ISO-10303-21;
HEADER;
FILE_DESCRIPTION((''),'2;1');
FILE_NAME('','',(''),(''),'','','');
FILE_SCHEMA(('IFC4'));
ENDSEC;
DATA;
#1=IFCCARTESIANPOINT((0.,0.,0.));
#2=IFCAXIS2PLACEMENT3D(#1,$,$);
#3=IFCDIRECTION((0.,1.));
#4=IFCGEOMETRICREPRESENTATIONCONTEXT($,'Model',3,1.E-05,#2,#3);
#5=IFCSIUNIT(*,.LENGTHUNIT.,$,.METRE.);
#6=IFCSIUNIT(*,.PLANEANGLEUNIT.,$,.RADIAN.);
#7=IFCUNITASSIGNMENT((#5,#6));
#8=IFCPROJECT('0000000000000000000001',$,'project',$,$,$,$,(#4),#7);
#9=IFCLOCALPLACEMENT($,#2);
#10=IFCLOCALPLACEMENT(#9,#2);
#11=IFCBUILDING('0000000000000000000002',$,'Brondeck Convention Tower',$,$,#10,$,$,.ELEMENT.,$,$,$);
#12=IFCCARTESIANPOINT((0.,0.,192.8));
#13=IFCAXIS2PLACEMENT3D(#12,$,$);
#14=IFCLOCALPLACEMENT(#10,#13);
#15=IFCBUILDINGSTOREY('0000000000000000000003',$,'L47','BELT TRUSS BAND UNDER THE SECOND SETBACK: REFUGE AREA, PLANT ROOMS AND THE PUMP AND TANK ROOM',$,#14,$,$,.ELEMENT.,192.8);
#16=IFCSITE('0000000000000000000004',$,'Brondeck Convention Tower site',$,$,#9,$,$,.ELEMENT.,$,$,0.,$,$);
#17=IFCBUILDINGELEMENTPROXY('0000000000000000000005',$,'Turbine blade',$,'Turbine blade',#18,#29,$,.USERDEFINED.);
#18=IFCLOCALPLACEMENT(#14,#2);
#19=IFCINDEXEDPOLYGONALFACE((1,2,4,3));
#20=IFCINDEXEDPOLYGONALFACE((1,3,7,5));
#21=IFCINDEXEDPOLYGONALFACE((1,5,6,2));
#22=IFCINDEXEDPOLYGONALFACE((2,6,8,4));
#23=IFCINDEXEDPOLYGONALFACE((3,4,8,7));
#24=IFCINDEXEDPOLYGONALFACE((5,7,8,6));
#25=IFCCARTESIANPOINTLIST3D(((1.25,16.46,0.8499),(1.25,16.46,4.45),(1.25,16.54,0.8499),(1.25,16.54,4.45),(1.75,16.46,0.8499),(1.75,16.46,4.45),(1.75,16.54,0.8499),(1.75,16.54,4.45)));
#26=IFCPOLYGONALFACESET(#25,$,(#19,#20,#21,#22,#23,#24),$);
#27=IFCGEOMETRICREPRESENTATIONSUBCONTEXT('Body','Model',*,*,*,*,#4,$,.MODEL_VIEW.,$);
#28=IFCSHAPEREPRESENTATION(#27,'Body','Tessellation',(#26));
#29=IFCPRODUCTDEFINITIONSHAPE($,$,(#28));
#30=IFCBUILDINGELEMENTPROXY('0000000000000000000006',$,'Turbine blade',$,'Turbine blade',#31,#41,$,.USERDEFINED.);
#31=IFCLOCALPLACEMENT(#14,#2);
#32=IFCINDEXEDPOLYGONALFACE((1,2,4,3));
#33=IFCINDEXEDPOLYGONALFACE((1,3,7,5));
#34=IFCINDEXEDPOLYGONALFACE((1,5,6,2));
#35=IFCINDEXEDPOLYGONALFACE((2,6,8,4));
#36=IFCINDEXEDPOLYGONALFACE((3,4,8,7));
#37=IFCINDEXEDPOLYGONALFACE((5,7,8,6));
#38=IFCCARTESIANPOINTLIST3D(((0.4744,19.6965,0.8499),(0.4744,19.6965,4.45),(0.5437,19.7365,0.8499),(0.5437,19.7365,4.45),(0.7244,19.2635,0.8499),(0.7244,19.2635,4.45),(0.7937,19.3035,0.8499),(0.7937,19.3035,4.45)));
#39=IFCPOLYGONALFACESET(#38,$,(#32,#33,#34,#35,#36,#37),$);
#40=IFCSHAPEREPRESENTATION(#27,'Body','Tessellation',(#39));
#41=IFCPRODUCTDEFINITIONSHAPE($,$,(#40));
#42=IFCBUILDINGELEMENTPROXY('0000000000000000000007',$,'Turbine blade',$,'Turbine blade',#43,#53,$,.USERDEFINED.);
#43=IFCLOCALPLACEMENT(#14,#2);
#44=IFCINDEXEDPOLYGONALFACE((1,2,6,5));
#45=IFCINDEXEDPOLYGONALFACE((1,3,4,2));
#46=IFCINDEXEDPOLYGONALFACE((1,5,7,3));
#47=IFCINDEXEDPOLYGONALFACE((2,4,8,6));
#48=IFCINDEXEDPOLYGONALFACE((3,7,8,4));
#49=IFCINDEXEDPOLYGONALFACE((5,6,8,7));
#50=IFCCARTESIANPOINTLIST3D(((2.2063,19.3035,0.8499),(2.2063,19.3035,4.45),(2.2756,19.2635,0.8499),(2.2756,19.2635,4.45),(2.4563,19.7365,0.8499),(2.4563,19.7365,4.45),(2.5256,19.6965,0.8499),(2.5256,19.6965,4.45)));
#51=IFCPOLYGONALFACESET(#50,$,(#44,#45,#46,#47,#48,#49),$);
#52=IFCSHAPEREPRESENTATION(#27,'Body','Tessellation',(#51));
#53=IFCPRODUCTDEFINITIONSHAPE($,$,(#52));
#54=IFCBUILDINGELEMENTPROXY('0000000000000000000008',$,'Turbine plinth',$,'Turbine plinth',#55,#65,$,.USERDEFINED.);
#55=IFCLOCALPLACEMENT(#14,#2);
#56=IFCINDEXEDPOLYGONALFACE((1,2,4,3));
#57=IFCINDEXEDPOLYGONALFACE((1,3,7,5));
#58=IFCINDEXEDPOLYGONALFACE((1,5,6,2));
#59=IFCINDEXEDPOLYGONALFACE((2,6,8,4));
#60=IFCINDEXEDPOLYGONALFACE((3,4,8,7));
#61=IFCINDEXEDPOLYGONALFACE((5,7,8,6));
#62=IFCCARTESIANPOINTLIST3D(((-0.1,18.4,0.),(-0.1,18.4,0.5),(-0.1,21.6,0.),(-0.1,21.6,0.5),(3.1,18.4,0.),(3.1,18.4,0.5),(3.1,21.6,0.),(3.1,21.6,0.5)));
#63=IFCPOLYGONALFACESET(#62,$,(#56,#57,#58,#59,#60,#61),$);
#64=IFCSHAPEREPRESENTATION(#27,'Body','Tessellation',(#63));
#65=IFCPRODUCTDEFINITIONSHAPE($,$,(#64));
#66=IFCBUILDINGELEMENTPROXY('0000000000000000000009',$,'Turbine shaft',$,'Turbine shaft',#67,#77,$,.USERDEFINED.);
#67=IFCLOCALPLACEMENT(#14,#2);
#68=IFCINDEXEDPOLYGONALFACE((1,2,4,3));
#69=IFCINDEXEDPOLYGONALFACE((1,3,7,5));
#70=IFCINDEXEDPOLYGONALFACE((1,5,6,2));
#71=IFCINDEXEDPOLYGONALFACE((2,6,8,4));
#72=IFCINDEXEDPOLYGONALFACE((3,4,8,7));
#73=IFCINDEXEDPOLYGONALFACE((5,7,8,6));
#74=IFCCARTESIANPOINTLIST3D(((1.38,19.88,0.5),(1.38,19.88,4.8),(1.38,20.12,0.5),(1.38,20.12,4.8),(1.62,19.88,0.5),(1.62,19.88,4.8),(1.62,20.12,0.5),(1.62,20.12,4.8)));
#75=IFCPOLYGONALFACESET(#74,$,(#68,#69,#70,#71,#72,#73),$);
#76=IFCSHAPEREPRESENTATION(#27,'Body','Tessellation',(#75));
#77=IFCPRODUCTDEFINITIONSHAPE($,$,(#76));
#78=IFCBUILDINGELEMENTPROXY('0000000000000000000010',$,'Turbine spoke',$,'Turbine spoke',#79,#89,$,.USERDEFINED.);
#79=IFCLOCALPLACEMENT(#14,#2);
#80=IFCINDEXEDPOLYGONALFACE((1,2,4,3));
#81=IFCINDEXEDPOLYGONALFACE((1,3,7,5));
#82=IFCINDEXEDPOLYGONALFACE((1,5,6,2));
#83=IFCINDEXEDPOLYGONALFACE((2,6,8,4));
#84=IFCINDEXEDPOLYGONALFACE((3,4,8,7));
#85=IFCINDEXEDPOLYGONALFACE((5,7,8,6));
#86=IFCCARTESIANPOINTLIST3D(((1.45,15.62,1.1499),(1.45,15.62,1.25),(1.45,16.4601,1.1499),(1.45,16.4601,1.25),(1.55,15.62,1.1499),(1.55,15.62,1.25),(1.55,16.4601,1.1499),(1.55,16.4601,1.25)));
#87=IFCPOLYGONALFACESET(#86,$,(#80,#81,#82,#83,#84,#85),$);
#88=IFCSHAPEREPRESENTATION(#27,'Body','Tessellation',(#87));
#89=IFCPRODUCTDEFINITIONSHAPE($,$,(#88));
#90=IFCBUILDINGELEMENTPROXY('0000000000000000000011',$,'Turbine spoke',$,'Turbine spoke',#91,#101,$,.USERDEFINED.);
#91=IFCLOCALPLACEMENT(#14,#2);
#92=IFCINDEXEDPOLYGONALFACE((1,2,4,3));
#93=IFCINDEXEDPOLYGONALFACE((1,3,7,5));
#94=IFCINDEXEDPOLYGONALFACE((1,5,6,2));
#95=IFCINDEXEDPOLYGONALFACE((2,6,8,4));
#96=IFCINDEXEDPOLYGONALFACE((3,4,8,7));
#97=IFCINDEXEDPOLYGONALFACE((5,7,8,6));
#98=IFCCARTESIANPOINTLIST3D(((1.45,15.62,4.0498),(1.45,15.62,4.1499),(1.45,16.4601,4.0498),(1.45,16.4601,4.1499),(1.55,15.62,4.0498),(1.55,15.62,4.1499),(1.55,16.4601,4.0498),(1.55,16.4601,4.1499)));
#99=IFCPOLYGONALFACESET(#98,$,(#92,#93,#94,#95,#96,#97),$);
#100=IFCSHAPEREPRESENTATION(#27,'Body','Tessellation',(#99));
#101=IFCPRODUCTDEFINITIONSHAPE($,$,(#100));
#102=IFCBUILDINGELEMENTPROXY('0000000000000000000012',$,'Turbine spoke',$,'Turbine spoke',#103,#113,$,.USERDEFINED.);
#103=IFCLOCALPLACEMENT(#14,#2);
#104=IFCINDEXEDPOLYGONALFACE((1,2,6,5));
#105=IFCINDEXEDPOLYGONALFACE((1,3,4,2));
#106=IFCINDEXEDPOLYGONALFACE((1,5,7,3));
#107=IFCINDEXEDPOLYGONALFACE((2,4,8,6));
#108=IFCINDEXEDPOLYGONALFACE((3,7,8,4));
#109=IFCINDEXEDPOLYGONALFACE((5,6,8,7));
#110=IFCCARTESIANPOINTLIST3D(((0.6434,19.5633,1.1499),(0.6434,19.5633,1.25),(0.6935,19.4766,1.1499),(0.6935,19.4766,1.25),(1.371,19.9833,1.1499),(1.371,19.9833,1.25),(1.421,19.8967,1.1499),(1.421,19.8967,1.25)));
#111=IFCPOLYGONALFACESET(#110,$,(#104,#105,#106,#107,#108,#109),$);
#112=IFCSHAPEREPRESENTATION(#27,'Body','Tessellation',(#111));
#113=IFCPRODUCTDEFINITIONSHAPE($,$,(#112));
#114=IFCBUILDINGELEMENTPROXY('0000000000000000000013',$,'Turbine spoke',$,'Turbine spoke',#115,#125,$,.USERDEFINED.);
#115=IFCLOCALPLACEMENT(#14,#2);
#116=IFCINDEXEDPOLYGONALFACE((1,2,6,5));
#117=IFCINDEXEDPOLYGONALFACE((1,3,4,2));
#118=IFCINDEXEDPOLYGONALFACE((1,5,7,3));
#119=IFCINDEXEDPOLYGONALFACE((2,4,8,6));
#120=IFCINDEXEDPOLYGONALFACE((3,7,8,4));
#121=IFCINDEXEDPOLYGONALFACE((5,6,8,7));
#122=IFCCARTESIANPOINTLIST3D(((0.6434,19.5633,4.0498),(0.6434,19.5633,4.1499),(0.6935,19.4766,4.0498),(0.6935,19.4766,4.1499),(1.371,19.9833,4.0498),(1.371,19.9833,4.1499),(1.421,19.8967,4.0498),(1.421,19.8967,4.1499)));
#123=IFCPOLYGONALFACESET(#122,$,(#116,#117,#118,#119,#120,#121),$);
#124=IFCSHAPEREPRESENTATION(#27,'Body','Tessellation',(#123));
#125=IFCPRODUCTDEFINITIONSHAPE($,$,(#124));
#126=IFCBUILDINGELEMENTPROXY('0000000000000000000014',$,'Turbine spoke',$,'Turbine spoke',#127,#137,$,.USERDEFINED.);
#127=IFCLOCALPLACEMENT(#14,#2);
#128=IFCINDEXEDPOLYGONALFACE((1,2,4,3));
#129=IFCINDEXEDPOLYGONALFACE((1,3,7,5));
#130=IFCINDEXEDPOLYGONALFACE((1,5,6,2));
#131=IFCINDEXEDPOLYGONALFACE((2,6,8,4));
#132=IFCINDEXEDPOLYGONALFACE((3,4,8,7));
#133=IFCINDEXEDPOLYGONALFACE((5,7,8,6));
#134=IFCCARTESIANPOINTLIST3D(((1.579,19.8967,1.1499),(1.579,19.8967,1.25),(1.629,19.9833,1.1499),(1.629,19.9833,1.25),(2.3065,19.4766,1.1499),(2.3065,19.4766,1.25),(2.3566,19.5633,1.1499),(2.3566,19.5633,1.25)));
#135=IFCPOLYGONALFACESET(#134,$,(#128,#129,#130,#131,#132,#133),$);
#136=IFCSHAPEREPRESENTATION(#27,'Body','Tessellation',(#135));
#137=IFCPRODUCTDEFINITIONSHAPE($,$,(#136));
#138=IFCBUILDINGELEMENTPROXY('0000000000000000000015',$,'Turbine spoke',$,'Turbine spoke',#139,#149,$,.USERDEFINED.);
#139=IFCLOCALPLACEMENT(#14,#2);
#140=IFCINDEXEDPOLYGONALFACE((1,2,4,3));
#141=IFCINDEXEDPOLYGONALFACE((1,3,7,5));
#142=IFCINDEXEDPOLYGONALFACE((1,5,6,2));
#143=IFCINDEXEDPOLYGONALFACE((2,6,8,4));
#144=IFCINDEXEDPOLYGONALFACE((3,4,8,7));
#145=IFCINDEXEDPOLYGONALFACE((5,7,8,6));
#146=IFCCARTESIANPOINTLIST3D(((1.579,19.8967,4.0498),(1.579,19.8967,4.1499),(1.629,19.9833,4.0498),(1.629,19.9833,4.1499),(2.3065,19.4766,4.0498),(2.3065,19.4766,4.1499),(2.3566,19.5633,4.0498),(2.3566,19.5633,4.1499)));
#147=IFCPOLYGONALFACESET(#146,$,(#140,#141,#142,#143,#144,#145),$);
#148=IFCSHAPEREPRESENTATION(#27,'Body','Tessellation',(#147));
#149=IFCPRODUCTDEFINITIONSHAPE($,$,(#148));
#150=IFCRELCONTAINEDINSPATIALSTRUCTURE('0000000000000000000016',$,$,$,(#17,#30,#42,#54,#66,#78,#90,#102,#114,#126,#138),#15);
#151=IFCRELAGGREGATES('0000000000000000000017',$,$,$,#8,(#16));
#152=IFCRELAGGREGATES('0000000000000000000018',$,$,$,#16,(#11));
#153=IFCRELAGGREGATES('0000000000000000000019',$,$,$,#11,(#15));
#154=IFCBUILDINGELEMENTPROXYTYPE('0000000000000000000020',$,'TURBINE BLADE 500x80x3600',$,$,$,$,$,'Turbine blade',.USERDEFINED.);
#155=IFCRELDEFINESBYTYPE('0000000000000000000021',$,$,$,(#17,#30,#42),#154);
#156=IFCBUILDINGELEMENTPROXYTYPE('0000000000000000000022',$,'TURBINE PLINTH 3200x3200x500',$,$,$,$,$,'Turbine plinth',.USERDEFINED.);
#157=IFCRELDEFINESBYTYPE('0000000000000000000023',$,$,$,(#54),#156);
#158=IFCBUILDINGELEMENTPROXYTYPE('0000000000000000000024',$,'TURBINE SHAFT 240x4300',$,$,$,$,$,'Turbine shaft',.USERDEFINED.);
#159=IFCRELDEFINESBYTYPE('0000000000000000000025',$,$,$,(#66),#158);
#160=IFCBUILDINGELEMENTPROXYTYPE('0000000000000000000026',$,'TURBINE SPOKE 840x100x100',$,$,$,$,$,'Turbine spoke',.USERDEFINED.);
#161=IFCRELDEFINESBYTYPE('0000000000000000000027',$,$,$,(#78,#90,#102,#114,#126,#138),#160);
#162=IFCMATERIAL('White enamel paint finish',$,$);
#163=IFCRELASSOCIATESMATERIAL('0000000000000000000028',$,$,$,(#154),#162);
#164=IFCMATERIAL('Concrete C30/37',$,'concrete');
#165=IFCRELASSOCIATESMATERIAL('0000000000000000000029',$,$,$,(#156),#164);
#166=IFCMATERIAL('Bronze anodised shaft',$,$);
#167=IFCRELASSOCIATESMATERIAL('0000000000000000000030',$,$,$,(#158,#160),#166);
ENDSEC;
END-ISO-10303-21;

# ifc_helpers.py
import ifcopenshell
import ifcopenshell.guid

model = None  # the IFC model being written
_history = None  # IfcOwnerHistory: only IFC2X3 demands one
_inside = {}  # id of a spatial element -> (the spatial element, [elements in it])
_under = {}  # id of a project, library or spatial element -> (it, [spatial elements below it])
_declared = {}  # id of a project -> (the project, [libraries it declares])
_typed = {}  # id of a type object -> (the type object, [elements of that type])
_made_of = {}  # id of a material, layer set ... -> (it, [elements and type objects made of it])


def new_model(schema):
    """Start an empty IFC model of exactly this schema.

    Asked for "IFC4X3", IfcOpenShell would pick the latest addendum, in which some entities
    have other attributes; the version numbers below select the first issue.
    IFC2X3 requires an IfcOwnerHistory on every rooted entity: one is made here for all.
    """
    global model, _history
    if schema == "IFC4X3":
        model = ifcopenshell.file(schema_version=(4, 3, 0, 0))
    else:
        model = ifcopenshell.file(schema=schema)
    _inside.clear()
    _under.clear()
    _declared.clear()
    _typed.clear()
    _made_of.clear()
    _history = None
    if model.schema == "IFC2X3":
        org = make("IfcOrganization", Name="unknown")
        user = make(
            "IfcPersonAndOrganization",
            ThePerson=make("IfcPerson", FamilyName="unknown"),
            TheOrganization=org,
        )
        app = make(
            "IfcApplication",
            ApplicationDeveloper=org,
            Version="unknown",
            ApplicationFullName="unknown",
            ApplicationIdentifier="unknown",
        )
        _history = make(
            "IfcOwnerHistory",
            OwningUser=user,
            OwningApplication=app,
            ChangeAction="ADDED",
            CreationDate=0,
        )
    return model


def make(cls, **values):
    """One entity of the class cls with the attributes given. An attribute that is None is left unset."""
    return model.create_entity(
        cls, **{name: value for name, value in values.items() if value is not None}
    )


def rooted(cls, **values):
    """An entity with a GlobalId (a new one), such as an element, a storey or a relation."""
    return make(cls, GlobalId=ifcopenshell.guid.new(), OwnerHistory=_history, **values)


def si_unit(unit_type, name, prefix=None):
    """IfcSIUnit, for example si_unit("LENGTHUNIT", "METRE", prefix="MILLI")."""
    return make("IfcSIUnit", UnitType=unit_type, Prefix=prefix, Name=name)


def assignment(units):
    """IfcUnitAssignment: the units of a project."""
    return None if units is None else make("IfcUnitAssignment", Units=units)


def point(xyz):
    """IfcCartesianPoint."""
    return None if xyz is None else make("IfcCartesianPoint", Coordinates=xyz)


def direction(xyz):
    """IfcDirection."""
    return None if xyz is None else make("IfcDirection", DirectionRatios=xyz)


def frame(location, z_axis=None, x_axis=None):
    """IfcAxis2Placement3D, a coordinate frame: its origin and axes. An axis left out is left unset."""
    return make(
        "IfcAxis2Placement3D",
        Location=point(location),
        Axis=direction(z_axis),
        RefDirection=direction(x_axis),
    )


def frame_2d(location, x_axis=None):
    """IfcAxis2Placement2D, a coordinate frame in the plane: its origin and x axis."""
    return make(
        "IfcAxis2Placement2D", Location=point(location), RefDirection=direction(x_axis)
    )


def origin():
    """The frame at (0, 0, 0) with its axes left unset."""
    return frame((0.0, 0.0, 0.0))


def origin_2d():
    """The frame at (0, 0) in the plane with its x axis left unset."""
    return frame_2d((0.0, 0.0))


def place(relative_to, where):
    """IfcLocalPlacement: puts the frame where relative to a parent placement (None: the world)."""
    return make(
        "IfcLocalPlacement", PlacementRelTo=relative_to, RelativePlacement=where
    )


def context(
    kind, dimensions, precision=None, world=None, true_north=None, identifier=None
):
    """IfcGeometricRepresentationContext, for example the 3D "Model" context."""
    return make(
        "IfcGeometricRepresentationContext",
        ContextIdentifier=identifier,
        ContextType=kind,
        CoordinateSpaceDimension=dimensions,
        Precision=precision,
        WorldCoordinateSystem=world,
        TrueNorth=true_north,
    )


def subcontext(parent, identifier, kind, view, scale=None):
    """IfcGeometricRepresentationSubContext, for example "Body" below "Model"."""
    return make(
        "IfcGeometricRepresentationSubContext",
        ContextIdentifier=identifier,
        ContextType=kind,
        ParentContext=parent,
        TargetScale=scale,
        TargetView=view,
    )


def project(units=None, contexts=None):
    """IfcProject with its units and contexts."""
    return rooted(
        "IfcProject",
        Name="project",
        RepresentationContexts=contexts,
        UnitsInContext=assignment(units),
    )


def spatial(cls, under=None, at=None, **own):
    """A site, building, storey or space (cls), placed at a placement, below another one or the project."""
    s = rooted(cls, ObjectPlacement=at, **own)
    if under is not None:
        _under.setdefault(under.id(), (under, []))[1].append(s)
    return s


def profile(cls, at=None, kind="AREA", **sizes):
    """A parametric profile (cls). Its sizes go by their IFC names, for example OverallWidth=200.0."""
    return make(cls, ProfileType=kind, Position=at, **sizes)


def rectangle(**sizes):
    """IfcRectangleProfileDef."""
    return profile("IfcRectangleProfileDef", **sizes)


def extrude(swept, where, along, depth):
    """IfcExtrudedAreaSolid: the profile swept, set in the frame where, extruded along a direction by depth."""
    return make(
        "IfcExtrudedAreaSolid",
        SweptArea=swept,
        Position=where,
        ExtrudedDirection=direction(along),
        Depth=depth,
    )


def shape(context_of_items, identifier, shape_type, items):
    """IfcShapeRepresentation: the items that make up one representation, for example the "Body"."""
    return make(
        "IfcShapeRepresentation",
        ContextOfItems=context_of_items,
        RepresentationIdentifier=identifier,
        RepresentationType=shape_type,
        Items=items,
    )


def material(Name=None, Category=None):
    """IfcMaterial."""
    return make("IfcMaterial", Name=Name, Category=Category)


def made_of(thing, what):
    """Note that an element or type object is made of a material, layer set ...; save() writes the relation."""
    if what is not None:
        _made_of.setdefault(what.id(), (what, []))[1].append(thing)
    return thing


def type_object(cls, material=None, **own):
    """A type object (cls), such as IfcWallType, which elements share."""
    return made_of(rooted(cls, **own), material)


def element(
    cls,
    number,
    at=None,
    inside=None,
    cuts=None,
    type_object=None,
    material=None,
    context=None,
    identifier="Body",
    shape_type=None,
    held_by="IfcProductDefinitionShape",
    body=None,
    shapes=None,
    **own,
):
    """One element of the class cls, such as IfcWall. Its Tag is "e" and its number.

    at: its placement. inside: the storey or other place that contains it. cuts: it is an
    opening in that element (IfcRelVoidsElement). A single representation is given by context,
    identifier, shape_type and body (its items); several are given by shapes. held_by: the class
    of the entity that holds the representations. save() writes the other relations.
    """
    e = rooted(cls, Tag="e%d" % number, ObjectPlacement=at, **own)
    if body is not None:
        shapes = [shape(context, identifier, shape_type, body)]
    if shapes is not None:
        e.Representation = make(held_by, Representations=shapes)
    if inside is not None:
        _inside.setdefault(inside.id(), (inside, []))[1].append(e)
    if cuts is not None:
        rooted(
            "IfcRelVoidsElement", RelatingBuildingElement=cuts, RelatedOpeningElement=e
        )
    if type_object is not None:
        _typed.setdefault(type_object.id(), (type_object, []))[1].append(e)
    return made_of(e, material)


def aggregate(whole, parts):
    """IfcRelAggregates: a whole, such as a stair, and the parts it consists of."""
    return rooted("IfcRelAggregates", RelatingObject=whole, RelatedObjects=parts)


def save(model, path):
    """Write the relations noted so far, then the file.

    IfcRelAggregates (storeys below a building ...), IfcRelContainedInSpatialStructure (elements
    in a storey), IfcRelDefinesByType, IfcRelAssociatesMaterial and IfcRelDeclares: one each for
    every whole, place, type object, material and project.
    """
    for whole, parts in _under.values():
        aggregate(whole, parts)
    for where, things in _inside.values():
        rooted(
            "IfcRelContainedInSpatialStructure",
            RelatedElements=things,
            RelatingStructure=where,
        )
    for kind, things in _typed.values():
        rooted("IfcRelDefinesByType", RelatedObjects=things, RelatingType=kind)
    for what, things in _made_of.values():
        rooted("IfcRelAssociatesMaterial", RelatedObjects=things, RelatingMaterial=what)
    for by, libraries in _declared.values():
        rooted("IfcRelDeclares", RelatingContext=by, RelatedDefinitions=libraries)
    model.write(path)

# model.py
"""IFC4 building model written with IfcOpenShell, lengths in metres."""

from ifc_helpers import new_model, si_unit, direction, frame, origin, origin_2d, place, context, subcontext, project, spatial, rectangle, extrude, material, type_object, element, save


model = new_model("IFC4")

# Units and contexts
model_context = context("Model", 3, precision=1e-05, world=origin(), true_north=direction((0.0, 1.0)))
body_context = subcontext(model_context, "Body", "Model", "MODEL_VIEW")
ifc_project = project(units=[si_unit("LENGTHUNIT", "METRE"), si_unit("PLANEANGLEUNIT", "RADIAN")], contexts=[model_context])

# Site, building, storey
site_placement = place(None, origin())
site = spatial("IfcSite", under=ifc_project, at=site_placement, Name="Brondeck Convention Tower site", CompositionType="ELEMENT", RefElevation=0.0)
building_placement = place(site_placement, origin())
building = spatial("IfcBuilding", under=site, at=building_placement, Name="Brondeck Convention Tower", CompositionType="ELEMENT")
storey_placement = place(building_placement, frame((0.0, 0.0, 192.8)))
storey = spatial("IfcBuildingStorey", under=building, at=storey_placement, Name="L47", Description="BELT TRUSS BAND UNDER THE SECOND SETBACK: REFUGE AREA, PLANT ROOMS AND THE PUMP AND TANK ROOM", CompositionType="ELEMENT", Elevation=192.8)

# Building element proxies
ifc_material_1 = material(Name="White enamel paint finish")
building_element_proxy_type_1 = type_object("IfcBuildingElementProxyType", Name="TURBINE BLADE 500x80x3600", ElementType="Turbine blade", PredefinedType="USERDEFINED", material=ifc_material_1)
for number, where, z_axis, x_axis, name in (
    (1, (1.5, 16.5, 0.8499), (0.0, 0.0, 1.0), (-1.0, 0.0, 0.0), "Turbine blade"),
    (2, (0.634, 19.5, 0.8499), (0.0, 0.0, 1.0), (0.5, -0.866025, 0.0), "Turbine blade"),
    (3, (2.366, 19.5, 0.8499), (0.0, 0.0, 1.0), (0.5, 0.866025, 0.0), "Turbine blade"),
):
    element("IfcBuildingElementProxy", number, at=place(storey_placement, frame(where, z_axis=z_axis, x_axis=x_axis)), inside=storey, type_object=building_element_proxy_type_1, Name=name, ObjectType="Turbine blade", PredefinedType="USERDEFINED", context=body_context, shape_type="SweptSolid", body=[
        extrude(rectangle(XDim=0.5, YDim=0.0801, at=origin_2d()), origin(), (0.0, 0.0, 1.0), 3.6001),
    ])
ifc_material_2 = material(Name="Concrete C30/37", Category="concrete")
building_element_proxy_type_2 = type_object("IfcBuildingElementProxyType", Name="TURBINE PLINTH 3200x3200x500", ElementType="Turbine plinth", PredefinedType="USERDEFINED", material=ifc_material_2)
proxy_1_placement = place(storey_placement, frame((1.5, 20.0, 0.0), z_axis=(0.0, 0.0, 1.0), x_axis=(1.0, 0.0, 0.0)))
element("IfcBuildingElementProxy", 4, at=proxy_1_placement, inside=storey, type_object=building_element_proxy_type_2, Name="Turbine plinth", ObjectType="Turbine plinth", PredefinedType="USERDEFINED", context=body_context, shape_type="SweptSolid", body=[
    extrude(rectangle(XDim=3.2, YDim=3.2, at=origin_2d()), origin(), (0.0, 0.0, 1.0), 0.5),
])
ifc_material_3 = material(Name="Bronze anodised shaft")
building_element_proxy_type_3 = type_object("IfcBuildingElementProxyType", Name="TURBINE SHAFT 240x4300", ElementType="Turbine shaft", PredefinedType="USERDEFINED", material=ifc_material_3)
proxy_2_placement = place(storey_placement, frame((1.5, 20.0, 0.5), z_axis=(0.0, 0.0, 1.0), x_axis=(1.0, 0.0, 0.0)))
element("IfcBuildingElementProxy", 5, at=proxy_2_placement, inside=storey, type_object=building_element_proxy_type_3, Name="Turbine shaft", ObjectType="Turbine shaft", PredefinedType="USERDEFINED", context=body_context, shape_type="SweptSolid", body=[
    extrude(rectangle(XDim=0.24, YDim=0.24, at=origin_2d()), origin(), (0.0, 0.0, 1.0), 4.3),
])
building_element_proxy_type_4 = type_object("IfcBuildingElementProxyType", Name="TURBINE SPOKE 840x100x100", ElementType="Turbine spoke", PredefinedType="USERDEFINED", material=ifc_material_3)
for number, where, z_axis, x_axis, name in (
    (6, (1.5, 16.04, 1.1499), (0.0, 0.0, 1.0), (0.0, 1.0, 0.0), "Turbine spoke"),
    (7, (1.5, 16.04, 4.0498), (0.0, 0.0, 1.0), (0.0, 1.0, 0.0), "Turbine spoke"),
    (8, (1.0322, 19.73, 1.1499), (0.0, 0.0, 1.0), (-0.866025, -0.5, 0.0), "Turbine spoke"),
    (9, (1.0322, 19.73, 4.0498), (0.0, 0.0, 1.0), (-0.866025, -0.5, 0.0), "Turbine spoke"),
    (10, (1.9678, 19.73, 1.1499), (0.0, 0.0, 1.0), (0.866025, -0.5, 0.0), "Turbine spoke"),
    (11, (1.9678, 19.73, 4.0498), (0.0, 0.0, 1.0), (0.866025, -0.5, 0.0), "Turbine spoke"),
):
    element("IfcBuildingElementProxy", number, at=place(storey_placement, frame(where, z_axis=z_axis, x_axis=x_axis)), inside=storey, type_object=building_element_proxy_type_4, Name=name, ObjectType="Turbine spoke", PredefinedType="USERDEFINED", context=body_context, shape_type="SweptSolid", body=[
        extrude(rectangle(XDim=0.8401, YDim=0.1001, at=origin_2d()), origin(), (0.0, 0.0, 1.0), 0.1001),
    ])

save(model, "model.ifc")
